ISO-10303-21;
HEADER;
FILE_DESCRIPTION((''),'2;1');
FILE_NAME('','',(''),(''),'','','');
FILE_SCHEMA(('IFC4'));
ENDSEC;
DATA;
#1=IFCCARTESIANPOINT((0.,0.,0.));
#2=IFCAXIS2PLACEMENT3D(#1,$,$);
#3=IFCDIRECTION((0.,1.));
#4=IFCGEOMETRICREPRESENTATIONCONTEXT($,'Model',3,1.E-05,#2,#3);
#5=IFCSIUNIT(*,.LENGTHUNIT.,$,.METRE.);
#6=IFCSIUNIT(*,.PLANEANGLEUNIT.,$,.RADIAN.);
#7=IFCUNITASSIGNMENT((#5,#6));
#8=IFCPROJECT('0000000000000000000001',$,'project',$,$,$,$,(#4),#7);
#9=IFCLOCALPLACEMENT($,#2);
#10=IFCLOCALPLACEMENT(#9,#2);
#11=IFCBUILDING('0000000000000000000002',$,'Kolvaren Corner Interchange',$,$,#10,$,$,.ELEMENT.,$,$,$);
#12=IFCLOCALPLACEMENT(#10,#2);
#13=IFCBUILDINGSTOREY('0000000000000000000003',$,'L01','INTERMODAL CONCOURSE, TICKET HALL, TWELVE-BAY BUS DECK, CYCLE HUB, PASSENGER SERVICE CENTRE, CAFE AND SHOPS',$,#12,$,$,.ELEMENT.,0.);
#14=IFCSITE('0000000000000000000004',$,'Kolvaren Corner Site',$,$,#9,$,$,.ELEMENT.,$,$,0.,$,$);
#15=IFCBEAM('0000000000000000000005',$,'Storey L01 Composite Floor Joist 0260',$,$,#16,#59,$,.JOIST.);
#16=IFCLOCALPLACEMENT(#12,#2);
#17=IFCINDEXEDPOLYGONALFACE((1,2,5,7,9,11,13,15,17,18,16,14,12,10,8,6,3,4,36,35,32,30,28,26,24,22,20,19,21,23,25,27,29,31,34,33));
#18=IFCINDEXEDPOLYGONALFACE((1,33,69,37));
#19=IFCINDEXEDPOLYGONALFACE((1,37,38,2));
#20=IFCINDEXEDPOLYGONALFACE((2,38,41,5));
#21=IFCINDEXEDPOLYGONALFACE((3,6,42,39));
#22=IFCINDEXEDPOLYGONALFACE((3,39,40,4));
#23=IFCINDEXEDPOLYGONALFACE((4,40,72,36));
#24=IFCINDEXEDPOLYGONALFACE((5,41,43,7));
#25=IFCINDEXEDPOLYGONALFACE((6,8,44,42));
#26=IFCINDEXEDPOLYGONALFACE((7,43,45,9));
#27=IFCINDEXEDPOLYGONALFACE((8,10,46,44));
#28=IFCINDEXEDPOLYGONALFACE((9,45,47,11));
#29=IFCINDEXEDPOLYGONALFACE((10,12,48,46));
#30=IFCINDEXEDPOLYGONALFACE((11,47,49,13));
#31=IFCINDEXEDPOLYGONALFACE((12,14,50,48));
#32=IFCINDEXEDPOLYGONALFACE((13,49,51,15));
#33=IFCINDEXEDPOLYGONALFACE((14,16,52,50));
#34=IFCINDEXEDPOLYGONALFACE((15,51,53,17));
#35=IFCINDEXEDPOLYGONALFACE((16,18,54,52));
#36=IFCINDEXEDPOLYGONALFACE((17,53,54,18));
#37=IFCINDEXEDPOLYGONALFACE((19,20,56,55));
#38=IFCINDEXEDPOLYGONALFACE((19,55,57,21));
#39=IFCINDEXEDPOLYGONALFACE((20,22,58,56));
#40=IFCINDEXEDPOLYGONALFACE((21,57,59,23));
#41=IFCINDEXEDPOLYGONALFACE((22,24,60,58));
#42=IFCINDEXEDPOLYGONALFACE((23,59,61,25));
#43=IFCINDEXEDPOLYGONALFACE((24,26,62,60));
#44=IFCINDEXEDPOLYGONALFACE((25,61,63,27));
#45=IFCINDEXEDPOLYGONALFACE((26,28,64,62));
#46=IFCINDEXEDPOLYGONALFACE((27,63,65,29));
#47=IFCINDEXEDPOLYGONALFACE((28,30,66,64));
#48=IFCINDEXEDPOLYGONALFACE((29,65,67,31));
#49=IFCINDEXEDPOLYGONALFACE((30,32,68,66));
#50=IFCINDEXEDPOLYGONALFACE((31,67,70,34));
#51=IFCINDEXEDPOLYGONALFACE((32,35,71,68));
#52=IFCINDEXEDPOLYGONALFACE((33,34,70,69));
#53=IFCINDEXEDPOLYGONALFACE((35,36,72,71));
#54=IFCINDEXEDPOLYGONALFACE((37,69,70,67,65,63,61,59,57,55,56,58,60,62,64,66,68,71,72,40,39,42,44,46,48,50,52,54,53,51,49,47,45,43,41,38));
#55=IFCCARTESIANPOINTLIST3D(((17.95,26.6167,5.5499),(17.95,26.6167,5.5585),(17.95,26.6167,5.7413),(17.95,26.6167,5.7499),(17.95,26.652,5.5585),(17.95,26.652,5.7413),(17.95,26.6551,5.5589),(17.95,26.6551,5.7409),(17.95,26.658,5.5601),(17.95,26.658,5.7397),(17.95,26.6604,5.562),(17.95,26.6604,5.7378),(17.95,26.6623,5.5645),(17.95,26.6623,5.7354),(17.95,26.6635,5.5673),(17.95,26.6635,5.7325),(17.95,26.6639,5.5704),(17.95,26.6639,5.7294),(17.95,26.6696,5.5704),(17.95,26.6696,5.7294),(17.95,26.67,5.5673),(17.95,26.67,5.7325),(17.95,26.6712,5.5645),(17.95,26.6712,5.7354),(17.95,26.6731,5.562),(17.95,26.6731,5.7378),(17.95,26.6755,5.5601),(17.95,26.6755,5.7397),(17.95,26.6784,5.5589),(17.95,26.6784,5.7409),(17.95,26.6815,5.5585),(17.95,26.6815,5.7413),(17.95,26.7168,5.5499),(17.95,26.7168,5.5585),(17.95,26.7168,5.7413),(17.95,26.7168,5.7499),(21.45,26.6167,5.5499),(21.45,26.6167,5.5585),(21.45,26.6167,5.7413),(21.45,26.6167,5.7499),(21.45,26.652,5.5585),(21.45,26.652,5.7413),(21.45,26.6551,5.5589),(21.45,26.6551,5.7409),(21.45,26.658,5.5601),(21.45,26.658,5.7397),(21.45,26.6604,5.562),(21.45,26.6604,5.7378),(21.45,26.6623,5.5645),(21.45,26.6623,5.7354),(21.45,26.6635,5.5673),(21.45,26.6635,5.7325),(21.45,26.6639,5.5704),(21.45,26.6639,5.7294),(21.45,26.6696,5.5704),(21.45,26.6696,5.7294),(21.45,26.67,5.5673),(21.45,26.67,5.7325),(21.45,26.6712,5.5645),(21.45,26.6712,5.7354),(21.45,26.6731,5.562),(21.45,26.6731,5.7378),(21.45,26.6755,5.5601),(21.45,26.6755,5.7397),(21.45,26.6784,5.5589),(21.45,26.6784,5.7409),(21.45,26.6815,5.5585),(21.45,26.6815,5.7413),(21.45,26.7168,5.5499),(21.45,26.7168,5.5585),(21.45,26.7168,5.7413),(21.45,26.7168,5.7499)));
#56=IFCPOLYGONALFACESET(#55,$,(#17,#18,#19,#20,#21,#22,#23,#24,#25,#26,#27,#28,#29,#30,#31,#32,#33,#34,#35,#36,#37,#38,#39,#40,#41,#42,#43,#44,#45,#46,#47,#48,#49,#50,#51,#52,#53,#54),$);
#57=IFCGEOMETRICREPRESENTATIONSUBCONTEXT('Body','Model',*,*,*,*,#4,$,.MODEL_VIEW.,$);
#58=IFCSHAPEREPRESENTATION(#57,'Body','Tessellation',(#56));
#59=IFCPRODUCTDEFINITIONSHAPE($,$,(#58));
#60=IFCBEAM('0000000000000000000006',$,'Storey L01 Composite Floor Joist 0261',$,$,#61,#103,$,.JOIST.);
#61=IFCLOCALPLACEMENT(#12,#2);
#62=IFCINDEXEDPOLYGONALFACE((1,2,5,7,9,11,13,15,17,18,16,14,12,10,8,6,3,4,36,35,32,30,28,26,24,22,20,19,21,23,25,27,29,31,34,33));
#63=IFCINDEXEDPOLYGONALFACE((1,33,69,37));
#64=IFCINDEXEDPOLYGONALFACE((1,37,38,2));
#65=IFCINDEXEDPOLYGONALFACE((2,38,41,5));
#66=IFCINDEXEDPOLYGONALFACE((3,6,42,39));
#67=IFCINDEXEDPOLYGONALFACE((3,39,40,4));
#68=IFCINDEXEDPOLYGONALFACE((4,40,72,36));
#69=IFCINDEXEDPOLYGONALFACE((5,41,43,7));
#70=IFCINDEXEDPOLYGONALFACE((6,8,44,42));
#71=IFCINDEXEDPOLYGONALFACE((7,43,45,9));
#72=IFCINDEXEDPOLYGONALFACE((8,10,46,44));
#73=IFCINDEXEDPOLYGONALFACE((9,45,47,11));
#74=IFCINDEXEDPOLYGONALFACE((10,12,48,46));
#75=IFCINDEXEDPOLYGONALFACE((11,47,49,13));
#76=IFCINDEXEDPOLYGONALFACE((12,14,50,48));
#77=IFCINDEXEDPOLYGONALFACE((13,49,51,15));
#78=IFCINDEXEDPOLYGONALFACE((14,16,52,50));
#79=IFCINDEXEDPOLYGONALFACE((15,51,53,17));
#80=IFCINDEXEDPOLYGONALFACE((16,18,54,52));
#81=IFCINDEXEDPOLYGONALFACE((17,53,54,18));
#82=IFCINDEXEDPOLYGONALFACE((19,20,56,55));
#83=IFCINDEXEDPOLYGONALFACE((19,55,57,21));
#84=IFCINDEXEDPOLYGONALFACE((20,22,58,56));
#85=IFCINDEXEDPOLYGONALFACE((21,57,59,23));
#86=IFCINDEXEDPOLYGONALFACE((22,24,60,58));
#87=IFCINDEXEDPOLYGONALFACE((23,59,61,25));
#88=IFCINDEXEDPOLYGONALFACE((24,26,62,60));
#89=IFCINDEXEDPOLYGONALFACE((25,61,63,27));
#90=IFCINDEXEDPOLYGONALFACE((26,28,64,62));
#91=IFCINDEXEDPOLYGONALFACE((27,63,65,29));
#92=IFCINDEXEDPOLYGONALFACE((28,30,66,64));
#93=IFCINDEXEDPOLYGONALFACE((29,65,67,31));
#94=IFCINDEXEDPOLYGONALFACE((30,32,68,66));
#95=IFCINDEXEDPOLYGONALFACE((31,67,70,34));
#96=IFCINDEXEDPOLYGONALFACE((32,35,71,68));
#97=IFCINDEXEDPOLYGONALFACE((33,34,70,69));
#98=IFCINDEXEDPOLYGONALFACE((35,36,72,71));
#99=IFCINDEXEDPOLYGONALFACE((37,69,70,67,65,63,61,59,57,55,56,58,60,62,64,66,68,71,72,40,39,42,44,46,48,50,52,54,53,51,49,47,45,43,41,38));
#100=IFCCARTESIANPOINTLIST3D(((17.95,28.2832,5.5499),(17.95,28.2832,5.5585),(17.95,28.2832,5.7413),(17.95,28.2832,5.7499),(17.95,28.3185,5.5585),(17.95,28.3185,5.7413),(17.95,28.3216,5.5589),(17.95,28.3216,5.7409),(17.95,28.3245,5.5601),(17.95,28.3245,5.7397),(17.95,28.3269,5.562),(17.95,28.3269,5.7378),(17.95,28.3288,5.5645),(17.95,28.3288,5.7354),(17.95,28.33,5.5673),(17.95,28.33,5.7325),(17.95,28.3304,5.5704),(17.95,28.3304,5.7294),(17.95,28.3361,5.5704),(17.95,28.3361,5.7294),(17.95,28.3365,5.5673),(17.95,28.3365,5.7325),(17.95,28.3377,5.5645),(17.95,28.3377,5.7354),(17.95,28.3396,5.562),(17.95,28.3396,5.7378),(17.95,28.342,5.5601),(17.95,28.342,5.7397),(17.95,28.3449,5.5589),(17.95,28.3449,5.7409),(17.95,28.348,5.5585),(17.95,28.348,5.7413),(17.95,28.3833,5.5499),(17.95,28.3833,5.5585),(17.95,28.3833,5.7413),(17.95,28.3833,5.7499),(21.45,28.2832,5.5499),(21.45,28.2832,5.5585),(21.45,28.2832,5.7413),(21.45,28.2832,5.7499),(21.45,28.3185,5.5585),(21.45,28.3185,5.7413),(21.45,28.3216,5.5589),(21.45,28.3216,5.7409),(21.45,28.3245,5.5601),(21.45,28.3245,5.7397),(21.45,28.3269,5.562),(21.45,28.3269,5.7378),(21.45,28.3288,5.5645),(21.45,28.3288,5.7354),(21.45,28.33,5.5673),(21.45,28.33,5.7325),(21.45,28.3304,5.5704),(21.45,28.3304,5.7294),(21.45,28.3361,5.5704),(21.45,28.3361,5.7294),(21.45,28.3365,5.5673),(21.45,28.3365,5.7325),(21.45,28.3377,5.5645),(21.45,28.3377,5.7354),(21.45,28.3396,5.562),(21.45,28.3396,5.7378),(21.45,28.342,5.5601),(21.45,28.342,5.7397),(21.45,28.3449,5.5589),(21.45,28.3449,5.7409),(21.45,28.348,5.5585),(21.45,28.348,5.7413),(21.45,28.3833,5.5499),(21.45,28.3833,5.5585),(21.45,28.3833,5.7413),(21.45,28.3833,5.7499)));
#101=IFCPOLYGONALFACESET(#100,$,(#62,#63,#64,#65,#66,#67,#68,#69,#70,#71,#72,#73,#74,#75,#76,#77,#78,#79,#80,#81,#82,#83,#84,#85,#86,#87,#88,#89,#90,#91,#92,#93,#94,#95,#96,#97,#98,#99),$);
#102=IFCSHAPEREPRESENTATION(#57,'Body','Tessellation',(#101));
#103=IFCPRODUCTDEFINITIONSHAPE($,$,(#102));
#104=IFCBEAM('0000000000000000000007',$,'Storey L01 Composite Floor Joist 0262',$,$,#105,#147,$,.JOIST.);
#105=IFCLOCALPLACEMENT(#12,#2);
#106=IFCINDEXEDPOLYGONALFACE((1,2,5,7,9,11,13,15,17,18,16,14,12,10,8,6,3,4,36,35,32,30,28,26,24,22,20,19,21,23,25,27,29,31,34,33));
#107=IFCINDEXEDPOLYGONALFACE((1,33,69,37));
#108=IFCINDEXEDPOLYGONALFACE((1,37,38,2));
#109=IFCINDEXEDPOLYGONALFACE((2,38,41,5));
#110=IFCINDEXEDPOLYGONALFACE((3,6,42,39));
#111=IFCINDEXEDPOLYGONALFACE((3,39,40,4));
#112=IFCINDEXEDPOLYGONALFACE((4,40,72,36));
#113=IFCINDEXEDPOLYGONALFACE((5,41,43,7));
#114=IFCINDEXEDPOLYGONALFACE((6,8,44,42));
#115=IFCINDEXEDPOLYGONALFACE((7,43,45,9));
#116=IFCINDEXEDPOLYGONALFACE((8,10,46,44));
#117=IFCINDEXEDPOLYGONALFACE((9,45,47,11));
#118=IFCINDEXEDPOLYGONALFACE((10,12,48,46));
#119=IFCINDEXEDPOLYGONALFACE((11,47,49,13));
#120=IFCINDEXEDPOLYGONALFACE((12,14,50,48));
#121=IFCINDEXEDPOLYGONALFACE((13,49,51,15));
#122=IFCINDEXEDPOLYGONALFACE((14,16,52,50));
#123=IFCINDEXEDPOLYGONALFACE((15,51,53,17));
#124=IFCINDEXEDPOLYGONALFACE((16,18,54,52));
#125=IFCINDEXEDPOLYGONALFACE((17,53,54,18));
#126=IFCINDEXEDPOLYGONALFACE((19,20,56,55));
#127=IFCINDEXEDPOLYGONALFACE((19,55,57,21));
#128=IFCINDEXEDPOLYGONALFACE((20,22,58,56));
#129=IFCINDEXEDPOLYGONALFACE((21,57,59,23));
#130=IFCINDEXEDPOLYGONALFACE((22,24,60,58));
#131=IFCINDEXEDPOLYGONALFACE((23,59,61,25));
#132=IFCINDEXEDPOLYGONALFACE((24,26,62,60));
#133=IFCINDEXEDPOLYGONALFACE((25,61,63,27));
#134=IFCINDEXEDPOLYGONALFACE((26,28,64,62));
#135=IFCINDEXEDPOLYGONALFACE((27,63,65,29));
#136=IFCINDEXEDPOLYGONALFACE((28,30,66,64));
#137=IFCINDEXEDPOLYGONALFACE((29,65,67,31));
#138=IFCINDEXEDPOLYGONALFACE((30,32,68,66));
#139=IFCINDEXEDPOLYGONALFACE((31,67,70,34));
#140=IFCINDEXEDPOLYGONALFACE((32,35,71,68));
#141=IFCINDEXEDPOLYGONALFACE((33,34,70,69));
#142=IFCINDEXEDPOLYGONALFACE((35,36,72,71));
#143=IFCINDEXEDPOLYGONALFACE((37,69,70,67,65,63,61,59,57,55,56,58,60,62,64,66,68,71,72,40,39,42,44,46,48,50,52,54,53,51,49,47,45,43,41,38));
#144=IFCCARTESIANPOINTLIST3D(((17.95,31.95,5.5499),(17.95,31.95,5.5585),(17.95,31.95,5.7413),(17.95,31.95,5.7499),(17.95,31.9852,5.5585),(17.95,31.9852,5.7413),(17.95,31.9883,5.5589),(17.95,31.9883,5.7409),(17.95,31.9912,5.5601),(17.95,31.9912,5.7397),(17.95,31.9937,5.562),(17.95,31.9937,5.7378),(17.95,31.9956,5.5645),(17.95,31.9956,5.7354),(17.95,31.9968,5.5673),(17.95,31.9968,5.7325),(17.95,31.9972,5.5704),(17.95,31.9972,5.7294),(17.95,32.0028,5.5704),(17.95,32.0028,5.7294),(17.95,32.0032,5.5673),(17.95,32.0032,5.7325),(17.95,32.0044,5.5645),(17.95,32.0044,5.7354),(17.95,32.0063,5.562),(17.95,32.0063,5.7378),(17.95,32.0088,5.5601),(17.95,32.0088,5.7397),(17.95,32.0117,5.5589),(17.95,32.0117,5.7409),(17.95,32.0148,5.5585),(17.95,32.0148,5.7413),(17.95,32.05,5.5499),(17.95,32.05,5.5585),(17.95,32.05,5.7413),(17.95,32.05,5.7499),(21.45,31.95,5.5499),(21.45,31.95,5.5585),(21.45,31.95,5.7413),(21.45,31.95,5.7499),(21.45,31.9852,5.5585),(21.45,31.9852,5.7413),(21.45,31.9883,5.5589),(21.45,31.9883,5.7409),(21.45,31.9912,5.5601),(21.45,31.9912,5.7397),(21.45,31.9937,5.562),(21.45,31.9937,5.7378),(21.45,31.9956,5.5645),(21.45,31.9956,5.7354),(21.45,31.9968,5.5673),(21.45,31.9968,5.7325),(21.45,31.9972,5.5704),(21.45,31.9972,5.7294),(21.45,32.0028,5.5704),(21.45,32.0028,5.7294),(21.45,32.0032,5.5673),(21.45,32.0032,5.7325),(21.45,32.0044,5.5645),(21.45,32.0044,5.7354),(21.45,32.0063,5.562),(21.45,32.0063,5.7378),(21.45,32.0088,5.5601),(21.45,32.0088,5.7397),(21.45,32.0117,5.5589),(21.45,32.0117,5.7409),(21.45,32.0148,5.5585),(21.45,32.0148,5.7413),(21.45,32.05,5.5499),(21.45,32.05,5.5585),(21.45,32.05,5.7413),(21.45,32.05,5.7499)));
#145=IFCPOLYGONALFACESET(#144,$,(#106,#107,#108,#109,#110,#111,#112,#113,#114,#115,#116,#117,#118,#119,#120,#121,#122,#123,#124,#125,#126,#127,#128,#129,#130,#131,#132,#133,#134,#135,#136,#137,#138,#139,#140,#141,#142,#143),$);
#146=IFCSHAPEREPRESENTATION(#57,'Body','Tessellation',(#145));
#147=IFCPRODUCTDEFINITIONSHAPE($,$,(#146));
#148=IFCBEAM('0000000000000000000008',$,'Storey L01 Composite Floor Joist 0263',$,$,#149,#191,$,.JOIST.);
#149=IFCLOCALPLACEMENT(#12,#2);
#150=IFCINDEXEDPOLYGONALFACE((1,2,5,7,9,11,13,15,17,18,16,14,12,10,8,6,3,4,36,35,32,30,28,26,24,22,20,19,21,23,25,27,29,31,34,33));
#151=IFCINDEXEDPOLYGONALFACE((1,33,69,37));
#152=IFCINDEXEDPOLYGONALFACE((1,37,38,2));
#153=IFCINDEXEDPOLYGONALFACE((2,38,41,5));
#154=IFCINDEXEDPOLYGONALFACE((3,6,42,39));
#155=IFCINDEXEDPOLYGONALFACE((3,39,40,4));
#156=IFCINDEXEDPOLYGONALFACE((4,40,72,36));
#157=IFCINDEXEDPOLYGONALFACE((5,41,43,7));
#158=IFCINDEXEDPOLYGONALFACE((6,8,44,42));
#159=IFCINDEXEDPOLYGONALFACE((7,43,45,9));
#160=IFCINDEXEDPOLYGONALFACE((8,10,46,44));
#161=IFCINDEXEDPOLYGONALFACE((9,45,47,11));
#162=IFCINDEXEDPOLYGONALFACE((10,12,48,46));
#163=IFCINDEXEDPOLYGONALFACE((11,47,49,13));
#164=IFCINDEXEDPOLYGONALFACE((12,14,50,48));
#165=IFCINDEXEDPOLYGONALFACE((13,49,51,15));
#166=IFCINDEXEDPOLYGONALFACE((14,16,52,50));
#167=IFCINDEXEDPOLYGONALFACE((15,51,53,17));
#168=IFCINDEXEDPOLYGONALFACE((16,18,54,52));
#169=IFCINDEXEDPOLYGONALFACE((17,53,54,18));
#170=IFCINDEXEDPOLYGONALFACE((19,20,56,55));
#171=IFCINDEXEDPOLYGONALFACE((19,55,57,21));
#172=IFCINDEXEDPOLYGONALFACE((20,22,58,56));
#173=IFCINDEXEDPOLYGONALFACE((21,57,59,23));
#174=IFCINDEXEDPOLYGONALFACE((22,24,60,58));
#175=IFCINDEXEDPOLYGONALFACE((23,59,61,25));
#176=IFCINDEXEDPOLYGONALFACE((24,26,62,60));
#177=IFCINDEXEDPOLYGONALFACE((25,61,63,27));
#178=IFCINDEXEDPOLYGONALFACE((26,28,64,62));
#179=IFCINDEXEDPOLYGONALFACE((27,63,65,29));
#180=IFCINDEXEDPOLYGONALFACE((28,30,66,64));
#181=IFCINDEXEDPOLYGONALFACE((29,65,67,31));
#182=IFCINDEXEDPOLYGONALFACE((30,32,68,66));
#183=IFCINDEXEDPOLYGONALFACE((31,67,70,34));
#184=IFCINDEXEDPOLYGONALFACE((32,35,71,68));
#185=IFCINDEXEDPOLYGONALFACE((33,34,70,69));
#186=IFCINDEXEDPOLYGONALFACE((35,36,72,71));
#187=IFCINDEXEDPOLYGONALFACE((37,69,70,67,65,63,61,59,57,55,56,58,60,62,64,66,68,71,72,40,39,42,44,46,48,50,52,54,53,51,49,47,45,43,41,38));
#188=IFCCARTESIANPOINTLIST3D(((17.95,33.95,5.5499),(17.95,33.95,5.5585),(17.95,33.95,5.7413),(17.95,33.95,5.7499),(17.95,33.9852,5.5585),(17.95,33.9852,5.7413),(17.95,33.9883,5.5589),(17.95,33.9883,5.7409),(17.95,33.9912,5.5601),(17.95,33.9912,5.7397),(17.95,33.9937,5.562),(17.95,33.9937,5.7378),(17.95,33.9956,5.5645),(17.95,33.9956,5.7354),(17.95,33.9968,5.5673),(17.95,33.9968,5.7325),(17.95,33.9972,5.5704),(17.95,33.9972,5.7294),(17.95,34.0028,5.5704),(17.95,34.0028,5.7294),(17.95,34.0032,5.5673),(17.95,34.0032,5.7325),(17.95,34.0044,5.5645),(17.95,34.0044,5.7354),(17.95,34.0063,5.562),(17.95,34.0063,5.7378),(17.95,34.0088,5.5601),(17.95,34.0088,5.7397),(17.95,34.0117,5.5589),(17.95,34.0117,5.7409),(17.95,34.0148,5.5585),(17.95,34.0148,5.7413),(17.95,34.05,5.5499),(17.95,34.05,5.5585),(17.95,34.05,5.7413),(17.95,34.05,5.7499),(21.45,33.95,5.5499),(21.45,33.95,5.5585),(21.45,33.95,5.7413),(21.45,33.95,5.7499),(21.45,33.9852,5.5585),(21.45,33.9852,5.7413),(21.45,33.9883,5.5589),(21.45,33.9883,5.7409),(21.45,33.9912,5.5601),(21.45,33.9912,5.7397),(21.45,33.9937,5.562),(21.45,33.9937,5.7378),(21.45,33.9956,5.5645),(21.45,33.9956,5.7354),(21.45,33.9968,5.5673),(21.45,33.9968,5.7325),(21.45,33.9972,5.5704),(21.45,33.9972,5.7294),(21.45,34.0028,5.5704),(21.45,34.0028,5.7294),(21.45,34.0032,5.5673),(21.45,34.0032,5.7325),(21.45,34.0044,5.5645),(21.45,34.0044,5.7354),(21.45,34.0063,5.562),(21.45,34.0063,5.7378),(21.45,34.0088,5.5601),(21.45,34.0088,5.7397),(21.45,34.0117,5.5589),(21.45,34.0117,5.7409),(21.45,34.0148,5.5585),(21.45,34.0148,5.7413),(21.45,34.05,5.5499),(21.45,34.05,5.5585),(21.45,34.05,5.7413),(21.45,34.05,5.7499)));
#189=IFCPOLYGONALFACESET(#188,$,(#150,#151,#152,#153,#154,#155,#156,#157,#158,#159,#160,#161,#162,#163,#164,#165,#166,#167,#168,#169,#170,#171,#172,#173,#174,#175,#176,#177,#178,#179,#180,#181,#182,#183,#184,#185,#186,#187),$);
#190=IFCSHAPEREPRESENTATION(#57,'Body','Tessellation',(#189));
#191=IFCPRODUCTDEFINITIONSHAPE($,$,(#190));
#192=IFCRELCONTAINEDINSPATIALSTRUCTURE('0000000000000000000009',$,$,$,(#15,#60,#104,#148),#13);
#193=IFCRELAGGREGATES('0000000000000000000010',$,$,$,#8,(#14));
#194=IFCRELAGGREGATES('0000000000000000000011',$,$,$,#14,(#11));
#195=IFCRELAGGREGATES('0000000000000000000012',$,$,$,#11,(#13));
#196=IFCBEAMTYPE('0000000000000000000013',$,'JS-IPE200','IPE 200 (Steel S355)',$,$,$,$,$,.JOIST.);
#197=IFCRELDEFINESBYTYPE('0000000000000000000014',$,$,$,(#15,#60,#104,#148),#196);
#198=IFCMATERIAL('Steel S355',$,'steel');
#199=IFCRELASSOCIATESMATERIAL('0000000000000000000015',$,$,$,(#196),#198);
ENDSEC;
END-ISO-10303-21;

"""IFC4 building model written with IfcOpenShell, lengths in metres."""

from ifc_helpers import new_model, si_unit, direction, frame, origin, origin_2d, place, context, subcontext, project, spatial, i_section, extrude, material, material_profile, profile_set, type_object, element, save


model = new_model("IFC4")

# Units and contexts
model_context = context("Model", 3, precision=1e-05, world=origin(), true_north=direction((0.0, 1.0)))
body_context = subcontext(model_context, "Body", "Model", "MODEL_VIEW")
ifc_project = project(units=[si_unit("LENGTHUNIT", "METRE"), si_unit("PLANEANGLEUNIT", "RADIAN")], contexts=[model_context])

# Site, building, storey
site_placement = place(None, origin())
site = spatial("IfcSite", under=ifc_project, at=site_placement, Name="Kolvaren Corner Site", CompositionType="ELEMENT", RefElevation=0.0)
building_placement = place(site_placement, origin())
building = spatial("IfcBuilding", under=site, at=building_placement, Name="Kolvaren Corner Interchange", CompositionType="ELEMENT")
storey_placement = place(building_placement, origin())
storey = spatial("IfcBuildingStorey", under=building, at=storey_placement, Name="L01", Description="INTERMODAL CONCOURSE, TICKET HALL, TWELVE-BAY BUS DECK, CYCLE HUB, PASSENGER SERVICE CENTRE, CAFE AND SHOPS", CompositionType="ELEMENT", Elevation=0.0)

# Beams
ifc_material_1 = material(Name="Steel S355", Category="steel")
ifc_material_profile_1 = material_profile(ifc_material_1, i_section(OverallWidth=0.1001, OverallDepth=0.2, WebThickness=0.0056, FlangeThickness=0.0085, FilletRadius=0.012, at=origin_2d()), Name="IPE 200")
ifc_profile_set_1 = profile_set([ifc_material_profile_1], Name="Steel S355")
beam_type_1 = type_object("IfcBeamType", Name="JS-IPE200", Description="IPE 200 (Steel S355)", PredefinedType="JOIST", material=ifc_profile_set_1)
for number, where, z_axis, x_axis, name in (
    (1, (17.95, 26.6667, 5.6499), (1.0, 0.0, 0.0), (0.0, 1.0, 0.0), "Storey L01 Composite Floor Joist 0260"),
    (2, (17.95, 28.3333, 5.6499), (1.0, 0.0, 0.0), (0.0, 1.0, 0.0), "Storey L01 Composite Floor Joist 0261"),
    (3, (17.95, 32.0, 5.6499), (1.0, 0.0, 0.0), (0.0, 1.0, 0.0), "Storey L01 Composite Floor Joist 0262"),
    (4, (17.95, 34.0, 5.6499), (1.0, 0.0, 0.0), (0.0, 1.0, 0.0), "Storey L01 Composite Floor Joist 0263"),
):
    element("IfcBeam", number, at=place(storey_placement, frame(where, z_axis=z_axis, x_axis=x_axis)), inside=storey, type_object=beam_type_1, Name=name, PredefinedType="JOIST", context=body_context, shape_type="SweptSolid", body=[
        extrude(i_section(OverallWidth=0.1001, OverallDepth=0.2, WebThickness=0.0056, FlangeThickness=0.0085, FilletRadius=0.012, at=origin_2d()), origin(), (0.0, 0.0, 1.0), 3.5),
    ])

save(model, "model.ifc")
